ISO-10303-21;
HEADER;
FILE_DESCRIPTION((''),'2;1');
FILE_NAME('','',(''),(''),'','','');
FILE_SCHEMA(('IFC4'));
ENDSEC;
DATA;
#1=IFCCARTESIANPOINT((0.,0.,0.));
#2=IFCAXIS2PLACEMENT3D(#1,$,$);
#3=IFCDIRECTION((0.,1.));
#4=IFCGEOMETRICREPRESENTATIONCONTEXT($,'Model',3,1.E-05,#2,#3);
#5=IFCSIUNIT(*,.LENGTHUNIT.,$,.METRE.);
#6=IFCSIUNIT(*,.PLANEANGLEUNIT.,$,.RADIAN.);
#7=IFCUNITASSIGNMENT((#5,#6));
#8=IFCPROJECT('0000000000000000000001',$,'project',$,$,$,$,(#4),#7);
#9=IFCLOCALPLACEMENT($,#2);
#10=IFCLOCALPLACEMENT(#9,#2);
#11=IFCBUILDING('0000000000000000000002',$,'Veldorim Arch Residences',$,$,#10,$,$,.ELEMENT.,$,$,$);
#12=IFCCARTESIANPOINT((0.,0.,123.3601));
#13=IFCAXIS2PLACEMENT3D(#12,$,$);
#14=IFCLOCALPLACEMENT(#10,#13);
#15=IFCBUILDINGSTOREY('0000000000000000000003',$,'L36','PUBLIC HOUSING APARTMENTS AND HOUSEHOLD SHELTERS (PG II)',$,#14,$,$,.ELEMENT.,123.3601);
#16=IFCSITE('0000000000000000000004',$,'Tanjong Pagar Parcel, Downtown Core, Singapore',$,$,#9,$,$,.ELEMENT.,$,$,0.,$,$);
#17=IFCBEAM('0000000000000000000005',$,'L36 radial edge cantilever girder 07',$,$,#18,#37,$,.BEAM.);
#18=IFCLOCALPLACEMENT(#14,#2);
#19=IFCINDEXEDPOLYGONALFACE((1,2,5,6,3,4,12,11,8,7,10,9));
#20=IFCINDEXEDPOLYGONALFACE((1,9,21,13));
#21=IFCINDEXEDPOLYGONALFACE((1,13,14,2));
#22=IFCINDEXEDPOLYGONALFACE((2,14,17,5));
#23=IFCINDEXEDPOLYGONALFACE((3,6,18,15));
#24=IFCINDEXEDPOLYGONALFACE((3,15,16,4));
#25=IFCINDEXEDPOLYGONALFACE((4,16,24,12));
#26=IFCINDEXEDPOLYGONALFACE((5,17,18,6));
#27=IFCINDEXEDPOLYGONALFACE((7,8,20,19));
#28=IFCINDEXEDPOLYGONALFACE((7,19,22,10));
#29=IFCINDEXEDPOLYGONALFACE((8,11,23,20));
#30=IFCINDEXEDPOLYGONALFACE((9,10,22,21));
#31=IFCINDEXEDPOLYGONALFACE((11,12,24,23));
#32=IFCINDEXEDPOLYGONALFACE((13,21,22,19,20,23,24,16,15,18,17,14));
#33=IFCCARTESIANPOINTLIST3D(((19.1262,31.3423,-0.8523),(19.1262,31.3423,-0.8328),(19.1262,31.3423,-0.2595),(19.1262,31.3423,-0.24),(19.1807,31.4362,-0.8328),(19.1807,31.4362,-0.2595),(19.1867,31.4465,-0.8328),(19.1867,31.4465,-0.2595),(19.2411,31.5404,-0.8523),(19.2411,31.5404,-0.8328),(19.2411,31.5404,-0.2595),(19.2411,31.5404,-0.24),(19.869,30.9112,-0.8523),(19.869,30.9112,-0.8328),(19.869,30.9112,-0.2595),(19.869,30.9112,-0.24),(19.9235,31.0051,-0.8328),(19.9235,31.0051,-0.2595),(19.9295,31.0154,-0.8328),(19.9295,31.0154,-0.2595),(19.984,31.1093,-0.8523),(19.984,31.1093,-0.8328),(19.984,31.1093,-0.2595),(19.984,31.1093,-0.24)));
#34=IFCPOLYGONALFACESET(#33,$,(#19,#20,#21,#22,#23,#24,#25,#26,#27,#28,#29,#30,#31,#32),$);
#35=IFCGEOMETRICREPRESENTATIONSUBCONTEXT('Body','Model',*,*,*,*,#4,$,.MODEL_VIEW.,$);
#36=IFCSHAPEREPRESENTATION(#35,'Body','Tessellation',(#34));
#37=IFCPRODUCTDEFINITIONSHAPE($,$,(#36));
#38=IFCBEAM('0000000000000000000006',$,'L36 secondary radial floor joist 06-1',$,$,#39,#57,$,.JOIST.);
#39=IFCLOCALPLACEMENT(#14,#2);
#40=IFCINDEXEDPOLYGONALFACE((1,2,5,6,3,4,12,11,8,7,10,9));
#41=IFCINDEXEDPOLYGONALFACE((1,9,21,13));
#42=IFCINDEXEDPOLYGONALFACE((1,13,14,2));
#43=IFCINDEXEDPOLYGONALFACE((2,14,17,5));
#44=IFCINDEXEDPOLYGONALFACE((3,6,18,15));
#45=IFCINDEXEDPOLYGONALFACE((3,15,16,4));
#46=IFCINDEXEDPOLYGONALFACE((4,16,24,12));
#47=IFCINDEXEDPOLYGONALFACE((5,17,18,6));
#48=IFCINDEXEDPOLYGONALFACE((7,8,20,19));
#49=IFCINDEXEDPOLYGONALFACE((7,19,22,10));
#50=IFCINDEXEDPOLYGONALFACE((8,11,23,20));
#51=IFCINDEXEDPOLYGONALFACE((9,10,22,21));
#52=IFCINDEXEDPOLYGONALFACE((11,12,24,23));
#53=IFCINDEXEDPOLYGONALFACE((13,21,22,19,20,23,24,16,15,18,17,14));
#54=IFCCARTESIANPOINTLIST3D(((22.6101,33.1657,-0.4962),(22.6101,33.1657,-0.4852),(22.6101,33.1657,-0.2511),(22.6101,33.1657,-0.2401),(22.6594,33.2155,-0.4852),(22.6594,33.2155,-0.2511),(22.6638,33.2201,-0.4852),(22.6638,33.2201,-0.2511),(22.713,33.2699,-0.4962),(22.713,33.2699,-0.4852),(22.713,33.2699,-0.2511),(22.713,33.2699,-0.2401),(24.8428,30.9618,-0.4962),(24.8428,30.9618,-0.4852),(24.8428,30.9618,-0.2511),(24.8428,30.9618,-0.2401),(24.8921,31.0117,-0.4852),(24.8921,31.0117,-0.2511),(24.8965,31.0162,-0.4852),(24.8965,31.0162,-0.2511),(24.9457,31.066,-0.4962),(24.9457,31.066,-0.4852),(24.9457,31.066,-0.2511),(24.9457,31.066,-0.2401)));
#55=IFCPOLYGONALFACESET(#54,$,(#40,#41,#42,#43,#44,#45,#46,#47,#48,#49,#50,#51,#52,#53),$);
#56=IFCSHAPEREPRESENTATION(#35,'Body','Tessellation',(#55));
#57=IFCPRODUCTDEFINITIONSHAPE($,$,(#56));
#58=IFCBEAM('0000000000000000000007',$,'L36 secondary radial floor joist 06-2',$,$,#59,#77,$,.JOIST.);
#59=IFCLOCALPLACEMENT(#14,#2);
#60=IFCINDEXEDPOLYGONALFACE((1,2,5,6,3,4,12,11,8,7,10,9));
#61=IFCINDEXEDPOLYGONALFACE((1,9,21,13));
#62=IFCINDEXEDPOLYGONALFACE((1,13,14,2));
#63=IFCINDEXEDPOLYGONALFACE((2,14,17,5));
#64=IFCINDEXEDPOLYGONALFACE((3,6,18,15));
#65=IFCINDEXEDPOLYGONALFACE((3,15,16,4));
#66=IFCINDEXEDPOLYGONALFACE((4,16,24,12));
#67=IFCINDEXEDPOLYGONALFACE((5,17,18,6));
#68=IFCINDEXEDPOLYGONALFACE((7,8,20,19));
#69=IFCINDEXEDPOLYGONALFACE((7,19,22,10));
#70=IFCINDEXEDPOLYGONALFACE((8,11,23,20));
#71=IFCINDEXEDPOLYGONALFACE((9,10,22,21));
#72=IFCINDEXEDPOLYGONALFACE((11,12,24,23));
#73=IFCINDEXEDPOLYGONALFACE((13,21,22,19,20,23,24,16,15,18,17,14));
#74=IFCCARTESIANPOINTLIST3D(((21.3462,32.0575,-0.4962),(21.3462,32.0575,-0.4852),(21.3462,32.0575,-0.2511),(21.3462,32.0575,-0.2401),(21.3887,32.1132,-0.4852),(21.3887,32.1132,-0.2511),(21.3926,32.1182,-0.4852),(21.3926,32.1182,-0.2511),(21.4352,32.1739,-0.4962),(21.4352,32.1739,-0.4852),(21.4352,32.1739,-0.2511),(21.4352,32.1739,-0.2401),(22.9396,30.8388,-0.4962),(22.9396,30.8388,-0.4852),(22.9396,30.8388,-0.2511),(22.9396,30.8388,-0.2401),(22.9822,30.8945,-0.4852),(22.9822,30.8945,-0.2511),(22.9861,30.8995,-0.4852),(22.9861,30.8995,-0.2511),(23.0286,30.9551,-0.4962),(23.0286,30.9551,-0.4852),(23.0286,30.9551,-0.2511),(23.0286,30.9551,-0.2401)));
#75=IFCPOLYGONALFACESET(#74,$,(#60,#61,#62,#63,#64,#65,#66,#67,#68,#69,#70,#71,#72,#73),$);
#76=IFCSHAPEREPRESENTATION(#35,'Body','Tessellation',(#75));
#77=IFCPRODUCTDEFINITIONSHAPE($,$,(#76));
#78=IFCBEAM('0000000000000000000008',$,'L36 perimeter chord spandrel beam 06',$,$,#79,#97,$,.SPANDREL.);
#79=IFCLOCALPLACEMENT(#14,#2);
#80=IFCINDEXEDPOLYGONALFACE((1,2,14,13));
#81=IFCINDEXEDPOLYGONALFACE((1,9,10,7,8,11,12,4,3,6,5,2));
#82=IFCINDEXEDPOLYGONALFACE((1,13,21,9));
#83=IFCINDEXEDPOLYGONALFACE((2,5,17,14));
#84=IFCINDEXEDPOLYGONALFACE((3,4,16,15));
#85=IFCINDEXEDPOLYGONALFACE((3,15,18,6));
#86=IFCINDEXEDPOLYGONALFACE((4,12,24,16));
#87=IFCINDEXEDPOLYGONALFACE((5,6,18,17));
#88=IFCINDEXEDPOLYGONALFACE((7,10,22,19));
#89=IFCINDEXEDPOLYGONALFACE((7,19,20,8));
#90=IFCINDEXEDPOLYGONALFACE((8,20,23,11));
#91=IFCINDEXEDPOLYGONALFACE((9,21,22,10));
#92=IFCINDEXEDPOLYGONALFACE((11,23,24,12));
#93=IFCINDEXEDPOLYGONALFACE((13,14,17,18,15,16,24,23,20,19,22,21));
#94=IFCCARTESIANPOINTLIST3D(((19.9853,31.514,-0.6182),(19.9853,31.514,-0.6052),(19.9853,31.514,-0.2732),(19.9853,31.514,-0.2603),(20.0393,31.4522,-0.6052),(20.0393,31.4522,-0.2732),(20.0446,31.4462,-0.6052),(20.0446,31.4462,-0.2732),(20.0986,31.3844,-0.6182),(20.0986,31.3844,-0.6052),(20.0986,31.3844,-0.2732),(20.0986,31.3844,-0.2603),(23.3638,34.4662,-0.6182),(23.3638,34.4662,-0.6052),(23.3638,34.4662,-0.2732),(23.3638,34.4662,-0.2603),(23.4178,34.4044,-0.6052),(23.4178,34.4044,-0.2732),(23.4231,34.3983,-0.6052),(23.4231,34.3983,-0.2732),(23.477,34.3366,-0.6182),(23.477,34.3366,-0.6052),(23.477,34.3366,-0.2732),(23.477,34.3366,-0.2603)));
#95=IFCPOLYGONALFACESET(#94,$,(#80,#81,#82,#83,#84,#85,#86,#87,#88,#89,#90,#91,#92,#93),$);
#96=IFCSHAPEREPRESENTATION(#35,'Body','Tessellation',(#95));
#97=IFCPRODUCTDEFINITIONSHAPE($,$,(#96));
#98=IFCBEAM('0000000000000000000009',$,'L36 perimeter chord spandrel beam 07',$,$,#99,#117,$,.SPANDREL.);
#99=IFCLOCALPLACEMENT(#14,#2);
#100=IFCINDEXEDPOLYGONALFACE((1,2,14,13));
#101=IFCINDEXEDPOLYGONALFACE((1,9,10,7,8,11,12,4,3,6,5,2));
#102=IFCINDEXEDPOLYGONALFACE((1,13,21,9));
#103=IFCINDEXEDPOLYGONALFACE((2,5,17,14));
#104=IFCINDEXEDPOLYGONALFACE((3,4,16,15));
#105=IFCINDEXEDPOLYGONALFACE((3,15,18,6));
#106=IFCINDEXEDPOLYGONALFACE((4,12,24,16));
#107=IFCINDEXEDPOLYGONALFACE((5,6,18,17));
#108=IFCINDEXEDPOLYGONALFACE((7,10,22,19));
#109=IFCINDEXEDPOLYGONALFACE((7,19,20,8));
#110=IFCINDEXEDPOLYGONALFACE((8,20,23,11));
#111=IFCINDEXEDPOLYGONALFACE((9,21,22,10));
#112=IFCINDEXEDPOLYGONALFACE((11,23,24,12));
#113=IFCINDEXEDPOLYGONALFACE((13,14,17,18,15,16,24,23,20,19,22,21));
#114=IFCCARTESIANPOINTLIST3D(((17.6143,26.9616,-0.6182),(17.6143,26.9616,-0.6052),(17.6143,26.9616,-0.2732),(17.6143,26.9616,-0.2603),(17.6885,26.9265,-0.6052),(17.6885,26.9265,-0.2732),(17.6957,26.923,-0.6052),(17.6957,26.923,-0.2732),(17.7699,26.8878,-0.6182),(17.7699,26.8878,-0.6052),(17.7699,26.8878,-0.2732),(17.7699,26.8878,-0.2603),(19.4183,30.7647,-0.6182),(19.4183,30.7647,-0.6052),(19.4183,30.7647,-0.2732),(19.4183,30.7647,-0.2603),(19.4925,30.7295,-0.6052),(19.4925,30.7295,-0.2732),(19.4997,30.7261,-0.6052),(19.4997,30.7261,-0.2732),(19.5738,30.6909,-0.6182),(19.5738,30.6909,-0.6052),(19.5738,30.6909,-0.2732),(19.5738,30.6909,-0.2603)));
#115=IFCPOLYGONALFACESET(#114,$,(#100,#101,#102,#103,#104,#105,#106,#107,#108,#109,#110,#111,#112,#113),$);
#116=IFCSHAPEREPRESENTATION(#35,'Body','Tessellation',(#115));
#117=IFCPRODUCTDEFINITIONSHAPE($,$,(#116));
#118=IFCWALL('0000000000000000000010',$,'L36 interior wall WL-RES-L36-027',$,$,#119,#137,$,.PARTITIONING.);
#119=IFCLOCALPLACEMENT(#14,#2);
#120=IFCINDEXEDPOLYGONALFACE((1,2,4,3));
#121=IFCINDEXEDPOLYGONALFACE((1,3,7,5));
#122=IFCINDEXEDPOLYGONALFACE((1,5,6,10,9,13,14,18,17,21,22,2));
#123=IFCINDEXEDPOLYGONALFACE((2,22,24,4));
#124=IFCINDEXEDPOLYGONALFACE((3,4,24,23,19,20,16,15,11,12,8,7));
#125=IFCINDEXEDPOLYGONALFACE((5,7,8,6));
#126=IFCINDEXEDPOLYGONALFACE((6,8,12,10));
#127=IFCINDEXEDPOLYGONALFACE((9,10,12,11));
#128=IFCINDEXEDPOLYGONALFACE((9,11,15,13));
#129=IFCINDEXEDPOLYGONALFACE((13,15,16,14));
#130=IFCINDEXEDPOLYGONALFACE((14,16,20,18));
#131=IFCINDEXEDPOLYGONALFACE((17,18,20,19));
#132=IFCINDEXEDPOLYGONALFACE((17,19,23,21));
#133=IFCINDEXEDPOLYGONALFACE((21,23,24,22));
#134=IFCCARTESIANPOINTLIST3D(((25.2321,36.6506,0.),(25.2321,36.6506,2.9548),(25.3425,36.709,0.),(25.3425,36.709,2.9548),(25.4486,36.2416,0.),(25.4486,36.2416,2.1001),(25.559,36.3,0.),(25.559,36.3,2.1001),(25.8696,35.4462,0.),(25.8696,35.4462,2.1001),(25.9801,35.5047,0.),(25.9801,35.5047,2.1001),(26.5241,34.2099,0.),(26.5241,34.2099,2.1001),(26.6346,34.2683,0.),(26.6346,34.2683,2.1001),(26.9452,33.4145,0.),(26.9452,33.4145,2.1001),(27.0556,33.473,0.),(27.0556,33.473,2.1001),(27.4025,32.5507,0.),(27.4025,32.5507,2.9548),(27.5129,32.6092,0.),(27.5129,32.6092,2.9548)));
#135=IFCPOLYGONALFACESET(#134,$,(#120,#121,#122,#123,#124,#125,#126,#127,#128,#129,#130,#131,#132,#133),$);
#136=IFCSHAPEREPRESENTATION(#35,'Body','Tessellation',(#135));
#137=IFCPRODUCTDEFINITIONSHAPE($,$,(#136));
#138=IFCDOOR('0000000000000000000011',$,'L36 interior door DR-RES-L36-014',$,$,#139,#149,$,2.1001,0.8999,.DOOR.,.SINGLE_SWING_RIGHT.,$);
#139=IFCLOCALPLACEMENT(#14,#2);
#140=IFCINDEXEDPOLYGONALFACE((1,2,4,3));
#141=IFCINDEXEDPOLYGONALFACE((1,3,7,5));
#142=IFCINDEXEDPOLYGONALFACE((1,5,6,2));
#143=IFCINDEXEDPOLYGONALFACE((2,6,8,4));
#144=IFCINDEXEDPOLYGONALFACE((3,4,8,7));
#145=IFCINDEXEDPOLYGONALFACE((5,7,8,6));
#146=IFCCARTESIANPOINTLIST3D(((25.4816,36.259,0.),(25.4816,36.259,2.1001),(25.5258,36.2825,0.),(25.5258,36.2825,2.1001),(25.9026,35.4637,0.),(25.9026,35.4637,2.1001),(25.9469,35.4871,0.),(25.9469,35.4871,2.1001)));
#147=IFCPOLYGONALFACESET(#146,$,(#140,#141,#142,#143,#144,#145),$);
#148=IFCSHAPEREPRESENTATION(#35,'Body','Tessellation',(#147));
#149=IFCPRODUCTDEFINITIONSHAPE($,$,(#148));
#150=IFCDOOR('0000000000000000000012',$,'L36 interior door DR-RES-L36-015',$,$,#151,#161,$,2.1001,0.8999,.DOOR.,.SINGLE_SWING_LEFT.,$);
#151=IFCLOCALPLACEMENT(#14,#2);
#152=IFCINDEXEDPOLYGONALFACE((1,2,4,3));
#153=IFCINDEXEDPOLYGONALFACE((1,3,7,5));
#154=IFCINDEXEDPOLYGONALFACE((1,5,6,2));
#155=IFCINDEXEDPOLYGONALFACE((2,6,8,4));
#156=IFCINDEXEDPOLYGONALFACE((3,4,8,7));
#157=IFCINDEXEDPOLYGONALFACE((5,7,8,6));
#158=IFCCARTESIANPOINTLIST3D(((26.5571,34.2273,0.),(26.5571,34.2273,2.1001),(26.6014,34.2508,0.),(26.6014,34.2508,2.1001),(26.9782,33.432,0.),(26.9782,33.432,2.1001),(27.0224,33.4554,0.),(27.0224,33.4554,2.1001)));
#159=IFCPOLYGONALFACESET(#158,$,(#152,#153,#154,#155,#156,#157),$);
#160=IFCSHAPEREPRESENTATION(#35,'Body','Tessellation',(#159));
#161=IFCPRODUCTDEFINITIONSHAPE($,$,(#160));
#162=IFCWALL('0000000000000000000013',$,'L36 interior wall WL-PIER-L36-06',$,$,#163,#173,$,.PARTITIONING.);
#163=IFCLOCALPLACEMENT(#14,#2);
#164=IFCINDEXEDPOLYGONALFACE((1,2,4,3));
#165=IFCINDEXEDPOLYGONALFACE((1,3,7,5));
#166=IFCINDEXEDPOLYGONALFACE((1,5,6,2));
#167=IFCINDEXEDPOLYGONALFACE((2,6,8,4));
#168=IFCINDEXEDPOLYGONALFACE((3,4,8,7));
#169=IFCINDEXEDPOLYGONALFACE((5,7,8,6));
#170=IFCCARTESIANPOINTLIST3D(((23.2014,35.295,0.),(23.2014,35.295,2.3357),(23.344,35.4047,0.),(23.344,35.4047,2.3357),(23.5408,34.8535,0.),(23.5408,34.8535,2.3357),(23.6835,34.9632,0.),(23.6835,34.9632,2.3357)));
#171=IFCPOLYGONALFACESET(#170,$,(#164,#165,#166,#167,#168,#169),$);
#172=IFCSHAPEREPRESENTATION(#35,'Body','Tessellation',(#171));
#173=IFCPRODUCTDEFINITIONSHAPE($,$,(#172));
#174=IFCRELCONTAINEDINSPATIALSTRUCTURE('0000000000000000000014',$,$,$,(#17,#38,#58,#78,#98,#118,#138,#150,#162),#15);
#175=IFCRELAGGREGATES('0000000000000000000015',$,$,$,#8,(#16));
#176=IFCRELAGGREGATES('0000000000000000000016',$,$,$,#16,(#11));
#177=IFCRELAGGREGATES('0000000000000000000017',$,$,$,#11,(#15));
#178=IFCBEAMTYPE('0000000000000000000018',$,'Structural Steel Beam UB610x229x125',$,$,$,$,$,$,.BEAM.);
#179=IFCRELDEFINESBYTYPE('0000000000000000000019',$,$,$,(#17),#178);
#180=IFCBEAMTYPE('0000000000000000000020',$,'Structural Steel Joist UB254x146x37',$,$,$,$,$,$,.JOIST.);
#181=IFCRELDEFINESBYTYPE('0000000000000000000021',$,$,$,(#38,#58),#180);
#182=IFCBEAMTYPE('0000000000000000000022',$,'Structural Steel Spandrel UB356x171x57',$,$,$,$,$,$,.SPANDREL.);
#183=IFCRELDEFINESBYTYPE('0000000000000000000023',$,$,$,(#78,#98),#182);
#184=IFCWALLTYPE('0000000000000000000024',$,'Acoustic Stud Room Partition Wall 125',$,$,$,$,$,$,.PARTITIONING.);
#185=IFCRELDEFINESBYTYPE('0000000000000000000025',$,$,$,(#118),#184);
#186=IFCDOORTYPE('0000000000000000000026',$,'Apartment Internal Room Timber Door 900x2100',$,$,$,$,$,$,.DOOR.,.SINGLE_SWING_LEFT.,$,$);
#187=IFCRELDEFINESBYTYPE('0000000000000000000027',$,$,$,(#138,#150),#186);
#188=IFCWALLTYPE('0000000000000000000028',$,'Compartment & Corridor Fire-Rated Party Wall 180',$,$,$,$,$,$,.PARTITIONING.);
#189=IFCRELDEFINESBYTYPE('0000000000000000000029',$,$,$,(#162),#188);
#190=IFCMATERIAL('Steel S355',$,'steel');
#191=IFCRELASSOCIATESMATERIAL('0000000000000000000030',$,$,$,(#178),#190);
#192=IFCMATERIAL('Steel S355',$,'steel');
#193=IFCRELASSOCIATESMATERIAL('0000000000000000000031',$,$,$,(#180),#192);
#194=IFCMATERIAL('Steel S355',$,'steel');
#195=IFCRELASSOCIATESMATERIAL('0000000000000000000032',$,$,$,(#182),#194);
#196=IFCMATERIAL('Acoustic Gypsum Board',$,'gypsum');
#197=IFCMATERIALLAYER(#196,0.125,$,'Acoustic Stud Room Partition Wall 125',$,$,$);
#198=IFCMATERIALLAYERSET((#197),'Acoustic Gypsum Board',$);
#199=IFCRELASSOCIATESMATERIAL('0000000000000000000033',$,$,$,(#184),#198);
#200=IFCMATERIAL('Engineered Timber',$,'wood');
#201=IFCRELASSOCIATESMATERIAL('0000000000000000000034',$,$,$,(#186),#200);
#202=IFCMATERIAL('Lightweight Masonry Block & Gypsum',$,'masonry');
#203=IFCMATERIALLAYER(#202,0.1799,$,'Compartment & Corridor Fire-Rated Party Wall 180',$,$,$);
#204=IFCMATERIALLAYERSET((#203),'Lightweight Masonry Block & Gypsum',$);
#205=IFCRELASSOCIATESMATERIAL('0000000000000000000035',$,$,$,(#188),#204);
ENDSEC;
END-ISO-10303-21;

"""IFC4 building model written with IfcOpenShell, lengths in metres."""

from ifc_helpers import new_model, si_unit, direction, frame, frame_2d, origin, origin_2d, place, context, subcontext, project, spatial, rectangle, i_section, extrude, material, layer, layer_set, material_profile, profile_set, type_object, element, fill, save


model = new_model("IFC4")

# Units and contexts
model_context = context("Model", 3, precision=1e-05, world=origin(), true_north=direction((0.0, 1.0)))
body_context = subcontext(model_context, "Body", "Model", "MODEL_VIEW")
ifc_project = project(units=[si_unit("LENGTHUNIT", "METRE"), si_unit("PLANEANGLEUNIT", "RADIAN")], contexts=[model_context])

# Site, building, storey
site_placement = place(None, origin())
site = spatial("IfcSite", under=ifc_project, at=site_placement, Name="Tanjong Pagar Parcel, Downtown Core, Singapore", CompositionType="ELEMENT", RefElevation=0.0)
building_placement = place(site_placement, origin())
building = spatial("IfcBuilding", under=site, at=building_placement, Name="Veldorim Arch Residences", CompositionType="ELEMENT")
storey_placement = place(building_placement, frame((0.0, 0.0, 123.3601)))
storey = spatial("IfcBuildingStorey", under=building, at=storey_placement, Name="L36", Description="PUBLIC HOUSING APARTMENTS AND HOUSEHOLD SHELTERS (PG II)", CompositionType="ELEMENT", Elevation=123.3601)

# Beams
ifc_material_1 = material(Name="Steel S355", Category="steel")
ifc_material_profile_1 = material_profile(ifc_material_1, i_section(OverallWidth=0.229, OverallDepth=0.6123, WebThickness=0.012, FlangeThickness=0.0195, at=origin_2d()), Name="UB610x229x125")
ifc_profile_set_1 = profile_set([ifc_material_profile_1], Name="Steel S355")
beam_type_1 = type_object("IfcBeamType", Name="Structural Steel Beam UB610x229x125", PredefinedType="BEAM", material=ifc_profile_set_1)
beam_1_placement = place(storey_placement, frame((19.9265, 31.0103, -0.5461), z_axis=(-0.8649, 0.501944, 0.0), x_axis=(-0.501944, -0.8649, 0.0)))
element("IfcBeam", 1, at=beam_1_placement, inside=storey, type_object=beam_type_1, Name="L36 radial edge cantilever girder 07", PredefinedType="BEAM", context=body_context, shape_type="SweptSolid", body=[
    extrude(i_section(OverallWidth=0.229, OverallDepth=0.6123, WebThickness=0.012, FlangeThickness=0.0195, at=origin_2d()), origin(), (0.0, 0.0, 1.0), 0.8589),
])
ifc_material_2 = material(Name="Steel S355", Category="steel")
ifc_material_profile_2 = material_profile(ifc_material_2, i_section(OverallWidth=0.1465, OverallDepth=0.2561, WebThickness=0.0063, FlangeThickness=0.011, at=origin_2d()), Name="UB254x146x37")
ifc_profile_set_2 = profile_set([ifc_material_profile_2], Name="Steel S355")
beam_type_2 = type_object("IfcBeamType", Name="Structural Steel Joist UB254x146x37", PredefinedType="JOIST", material=ifc_profile_set_2)
beam_2_placement = place(storey_placement, frame((24.8943, 31.0139, -0.3682), z_axis=(-0.711683, 0.7025, 0.0), x_axis=(-0.7025, -0.711683, 0.0)))
element("IfcBeam", 2, at=beam_2_placement, inside=storey, type_object=beam_type_2, Name="L36 secondary radial floor joist 06-1", PredefinedType="JOIST", context=body_context, shape_type="SweptSolid", body=[
    extrude(i_section(OverallWidth=0.1465, OverallDepth=0.2561, WebThickness=0.0063, FlangeThickness=0.011, at=origin_2d()), origin(), (0.0, 0.0, 1.0), 3.1372),
])
beam_3_placement = place(storey_placement, frame((22.9841, 30.897, -0.3682), z_axis=(-0.794313, 0.607509, 0.0), x_axis=(-0.607509, -0.794313, 0.0)))
element("IfcBeam", 3, at=beam_3_placement, inside=storey, type_object=beam_type_2, Name="L36 secondary radial floor joist 06-2", PredefinedType="JOIST", context=body_context, shape_type="SweptSolid", body=[
    extrude(i_section(OverallWidth=0.1465, OverallDepth=0.2561, WebThickness=0.0063, FlangeThickness=0.011, at=origin_2d()), origin(), (0.0, 0.0, 1.0), 2.0061),
])
ifc_material_3 = material(Name="Steel S355", Category="steel")
ifc_material_profile_3 = material_profile(ifc_material_3, i_section(OverallWidth=0.1721, OverallDepth=0.3579, WebThickness=0.0081, FlangeThickness=0.0129, at=origin_2d()), Name="UB356x171x57")
ifc_profile_set_3 = profile_set([ifc_material_profile_3], Name="Steel S355")
beam_type_3 = type_object("IfcBeamType", Name="Structural Steel Spandrel UB356x171x57", PredefinedType="SPANDREL", material=ifc_profile_set_3)
beam_4_placement = place(storey_placement, frame((23.4204, 34.4014, -0.4392), z_axis=(-0.753015, -0.658004, 0.0), x_axis=(0.658004, -0.753015, 0.0)))
element("IfcBeam", 4, at=beam_4_placement, inside=storey, type_object=beam_type_3, Name="L36 perimeter chord spandrel beam 06", PredefinedType="SPANDREL", context=body_context, shape_type="SweptSolid", body=[
    extrude(i_section(OverallWidth=0.1721, OverallDepth=0.3579, WebThickness=0.0081, FlangeThickness=0.0129, at=origin_2d()), origin(), (0.0, 0.0, 1.0), 4.4866),
])
beam_5_placement = place(storey_placement, frame((19.4961, 30.7278, -0.4392), z_axis=(-0.42858, -0.903504, 0.0), x_axis=(0.903504, -0.42858, 0.0)))
element("IfcBeam", 5, at=beam_5_placement, inside=storey, type_object=beam_type_3, Name="L36 perimeter chord spandrel beam 07", PredefinedType="SPANDREL", context=body_context, shape_type="SweptSolid", body=[
    extrude(i_section(OverallWidth=0.1721, OverallDepth=0.3579, WebThickness=0.0081, FlangeThickness=0.0129, at=origin_2d()), origin(), (0.0, 0.0, 1.0), 4.2092),
])

# Wall, openings, doors
ifc_material_4 = material(Name="Acoustic Gypsum Board", Category="gypsum")
ifc_layer_1 = layer(ifc_material_4, 0.125, Name="Acoustic Stud Room Partition Wall 125")
ifc_layer_set_1 = layer_set([ifc_layer_1], Name="Acoustic Gypsum Board")
wall_type_1 = type_object("IfcWallType", Name="Acoustic Stud Room Partition Wall 125", PredefinedType="PARTITIONING", material=ifc_layer_set_1)
wall_1_placement = place(storey_placement, frame((25.2874, 36.6797, 0.0), z_axis=(0.0, 0.0, 1.0), x_axis=(0.467871, -0.883797, 0.0)))
wall_1 = element("IfcWall", 6, at=wall_1_placement, inside=storey, type_object=wall_type_1, Name="L36 interior wall WL-RES-L36-027", PredefinedType="PARTITIONING", context=body_context, shape_type="SweptSolid", body=[
    extrude(rectangle(XDim=4.6389, YDim=0.125, at=frame_2d((2.3193, 0.0))), origin(), (0.0, 0.0, 1.0), 2.9548),
])
opening_1_placement = place(wall_1_placement, frame((0.4626, 0.0, 0.0)))
opening_1 = element("IfcOpeningElement", 7, at=opening_1_placement, cuts=wall_1, PredefinedType="OPENING", context=body_context, shape_type="SweptSolid", body=[
    extrude(rectangle(XDim=0.8999, YDim=2.1001, at=frame_2d((0.45, 1.05))), frame((0.0, 0.0725, 0.0), z_axis=(0.0, -1.0, 0.0), x_axis=(1.0, 0.0, 0.0)), (0.0, 0.0, 1.0), 0.145),
])
opening_2_placement = place(wall_1_placement, frame((2.7615, 0.0, 0.0)))
opening_2 = element("IfcOpeningElement", 8, at=opening_2_placement, cuts=wall_1, PredefinedType="OPENING", context=body_context, shape_type="SweptSolid", body=[
    extrude(rectangle(XDim=0.8999, YDim=2.1001, at=frame_2d((0.45, 1.05))), frame((0.0, 0.0725, 0.0), z_axis=(0.0, -1.0, 0.0), x_axis=(1.0, 0.0, 0.0)), (0.0, 0.0, 1.0), 0.145),
])
ifc_material_5 = material(Name="Engineered Timber", Category="wood")
door_type_1 = type_object("IfcDoorType", Name="Apartment Internal Room Timber Door 900x2100", OperationType="SINGLE_SWING_LEFT", PredefinedType="DOOR", material=ifc_material_5)
door_1_placement = place(opening_1_placement, origin())
door_1 = element("IfcDoor", 9, at=door_1_placement, inside=storey, type_object=door_type_1, Name="L36 interior door DR-RES-L36-014", OperationType="SINGLE_SWING_RIGHT", OverallHeight=2.1001, OverallWidth=0.8999, PredefinedType="DOOR", context=body_context, shape_type="SweptSolid", body=[
    extrude(rectangle(XDim=0.8999, YDim=2.1001, at=frame_2d((0.45, 1.05))), frame((0.0, 0.0249, 0.0), z_axis=(0.0, -1.0, 0.0), x_axis=(1.0, 0.0, 0.0)), (0.0, 0.0, 1.0), 0.05),
])
fill(opening_1, door_1)
door_2_placement = place(opening_2_placement, origin())
door_2 = element("IfcDoor", 10, at=door_2_placement, inside=storey, type_object=door_type_1, Name="L36 interior door DR-RES-L36-015", OperationType="SINGLE_SWING_LEFT", OverallHeight=2.1001, OverallWidth=0.8999, PredefinedType="DOOR", context=body_context, shape_type="SweptSolid", body=[
    extrude(rectangle(XDim=0.8999, YDim=2.1001, at=frame_2d((0.45, 1.05))), frame((0.0, 0.0249, 0.0), z_axis=(0.0, -1.0, 0.0), x_axis=(1.0, 0.0, 0.0)), (0.0, 0.0, 1.0), 0.05),
])
fill(opening_2, door_2)

# Wall
ifc_material_6 = material(Name="Lightweight Masonry Block & Gypsum", Category="masonry")
ifc_layer_2 = layer(ifc_material_6, 0.1799, Name="Compartment & Corridor Fire-Rated Party Wall 180")
ifc_layer_set_2 = layer_set([ifc_layer_2], Name="Lightweight Masonry Block & Gypsum")
wall_type_2 = type_object("IfcWallType", Name="Compartment & Corridor Fire-Rated Party Wall 180", PredefinedType="PARTITIONING", material=ifc_layer_set_2)
wall_2_placement = place(storey_placement, frame((23.6121, 34.9084, 0.0), z_axis=(0.0, 0.0, 1.0), x_axis=(-0.609499, 0.792787, 0.0)))
element("IfcWall", 11, at=wall_2_placement, inside=storey, type_object=wall_type_2, Name="L36 interior wall WL-PIER-L36-06", PredefinedType="PARTITIONING", context=body_context, shape_type="SweptSolid", body=[
    extrude(rectangle(XDim=0.5569, YDim=0.1799, at=frame_2d((0.2783, 0.0))), origin(), (0.0, 0.0, 1.0), 2.3357),
])

save(model, "model.ifc")
